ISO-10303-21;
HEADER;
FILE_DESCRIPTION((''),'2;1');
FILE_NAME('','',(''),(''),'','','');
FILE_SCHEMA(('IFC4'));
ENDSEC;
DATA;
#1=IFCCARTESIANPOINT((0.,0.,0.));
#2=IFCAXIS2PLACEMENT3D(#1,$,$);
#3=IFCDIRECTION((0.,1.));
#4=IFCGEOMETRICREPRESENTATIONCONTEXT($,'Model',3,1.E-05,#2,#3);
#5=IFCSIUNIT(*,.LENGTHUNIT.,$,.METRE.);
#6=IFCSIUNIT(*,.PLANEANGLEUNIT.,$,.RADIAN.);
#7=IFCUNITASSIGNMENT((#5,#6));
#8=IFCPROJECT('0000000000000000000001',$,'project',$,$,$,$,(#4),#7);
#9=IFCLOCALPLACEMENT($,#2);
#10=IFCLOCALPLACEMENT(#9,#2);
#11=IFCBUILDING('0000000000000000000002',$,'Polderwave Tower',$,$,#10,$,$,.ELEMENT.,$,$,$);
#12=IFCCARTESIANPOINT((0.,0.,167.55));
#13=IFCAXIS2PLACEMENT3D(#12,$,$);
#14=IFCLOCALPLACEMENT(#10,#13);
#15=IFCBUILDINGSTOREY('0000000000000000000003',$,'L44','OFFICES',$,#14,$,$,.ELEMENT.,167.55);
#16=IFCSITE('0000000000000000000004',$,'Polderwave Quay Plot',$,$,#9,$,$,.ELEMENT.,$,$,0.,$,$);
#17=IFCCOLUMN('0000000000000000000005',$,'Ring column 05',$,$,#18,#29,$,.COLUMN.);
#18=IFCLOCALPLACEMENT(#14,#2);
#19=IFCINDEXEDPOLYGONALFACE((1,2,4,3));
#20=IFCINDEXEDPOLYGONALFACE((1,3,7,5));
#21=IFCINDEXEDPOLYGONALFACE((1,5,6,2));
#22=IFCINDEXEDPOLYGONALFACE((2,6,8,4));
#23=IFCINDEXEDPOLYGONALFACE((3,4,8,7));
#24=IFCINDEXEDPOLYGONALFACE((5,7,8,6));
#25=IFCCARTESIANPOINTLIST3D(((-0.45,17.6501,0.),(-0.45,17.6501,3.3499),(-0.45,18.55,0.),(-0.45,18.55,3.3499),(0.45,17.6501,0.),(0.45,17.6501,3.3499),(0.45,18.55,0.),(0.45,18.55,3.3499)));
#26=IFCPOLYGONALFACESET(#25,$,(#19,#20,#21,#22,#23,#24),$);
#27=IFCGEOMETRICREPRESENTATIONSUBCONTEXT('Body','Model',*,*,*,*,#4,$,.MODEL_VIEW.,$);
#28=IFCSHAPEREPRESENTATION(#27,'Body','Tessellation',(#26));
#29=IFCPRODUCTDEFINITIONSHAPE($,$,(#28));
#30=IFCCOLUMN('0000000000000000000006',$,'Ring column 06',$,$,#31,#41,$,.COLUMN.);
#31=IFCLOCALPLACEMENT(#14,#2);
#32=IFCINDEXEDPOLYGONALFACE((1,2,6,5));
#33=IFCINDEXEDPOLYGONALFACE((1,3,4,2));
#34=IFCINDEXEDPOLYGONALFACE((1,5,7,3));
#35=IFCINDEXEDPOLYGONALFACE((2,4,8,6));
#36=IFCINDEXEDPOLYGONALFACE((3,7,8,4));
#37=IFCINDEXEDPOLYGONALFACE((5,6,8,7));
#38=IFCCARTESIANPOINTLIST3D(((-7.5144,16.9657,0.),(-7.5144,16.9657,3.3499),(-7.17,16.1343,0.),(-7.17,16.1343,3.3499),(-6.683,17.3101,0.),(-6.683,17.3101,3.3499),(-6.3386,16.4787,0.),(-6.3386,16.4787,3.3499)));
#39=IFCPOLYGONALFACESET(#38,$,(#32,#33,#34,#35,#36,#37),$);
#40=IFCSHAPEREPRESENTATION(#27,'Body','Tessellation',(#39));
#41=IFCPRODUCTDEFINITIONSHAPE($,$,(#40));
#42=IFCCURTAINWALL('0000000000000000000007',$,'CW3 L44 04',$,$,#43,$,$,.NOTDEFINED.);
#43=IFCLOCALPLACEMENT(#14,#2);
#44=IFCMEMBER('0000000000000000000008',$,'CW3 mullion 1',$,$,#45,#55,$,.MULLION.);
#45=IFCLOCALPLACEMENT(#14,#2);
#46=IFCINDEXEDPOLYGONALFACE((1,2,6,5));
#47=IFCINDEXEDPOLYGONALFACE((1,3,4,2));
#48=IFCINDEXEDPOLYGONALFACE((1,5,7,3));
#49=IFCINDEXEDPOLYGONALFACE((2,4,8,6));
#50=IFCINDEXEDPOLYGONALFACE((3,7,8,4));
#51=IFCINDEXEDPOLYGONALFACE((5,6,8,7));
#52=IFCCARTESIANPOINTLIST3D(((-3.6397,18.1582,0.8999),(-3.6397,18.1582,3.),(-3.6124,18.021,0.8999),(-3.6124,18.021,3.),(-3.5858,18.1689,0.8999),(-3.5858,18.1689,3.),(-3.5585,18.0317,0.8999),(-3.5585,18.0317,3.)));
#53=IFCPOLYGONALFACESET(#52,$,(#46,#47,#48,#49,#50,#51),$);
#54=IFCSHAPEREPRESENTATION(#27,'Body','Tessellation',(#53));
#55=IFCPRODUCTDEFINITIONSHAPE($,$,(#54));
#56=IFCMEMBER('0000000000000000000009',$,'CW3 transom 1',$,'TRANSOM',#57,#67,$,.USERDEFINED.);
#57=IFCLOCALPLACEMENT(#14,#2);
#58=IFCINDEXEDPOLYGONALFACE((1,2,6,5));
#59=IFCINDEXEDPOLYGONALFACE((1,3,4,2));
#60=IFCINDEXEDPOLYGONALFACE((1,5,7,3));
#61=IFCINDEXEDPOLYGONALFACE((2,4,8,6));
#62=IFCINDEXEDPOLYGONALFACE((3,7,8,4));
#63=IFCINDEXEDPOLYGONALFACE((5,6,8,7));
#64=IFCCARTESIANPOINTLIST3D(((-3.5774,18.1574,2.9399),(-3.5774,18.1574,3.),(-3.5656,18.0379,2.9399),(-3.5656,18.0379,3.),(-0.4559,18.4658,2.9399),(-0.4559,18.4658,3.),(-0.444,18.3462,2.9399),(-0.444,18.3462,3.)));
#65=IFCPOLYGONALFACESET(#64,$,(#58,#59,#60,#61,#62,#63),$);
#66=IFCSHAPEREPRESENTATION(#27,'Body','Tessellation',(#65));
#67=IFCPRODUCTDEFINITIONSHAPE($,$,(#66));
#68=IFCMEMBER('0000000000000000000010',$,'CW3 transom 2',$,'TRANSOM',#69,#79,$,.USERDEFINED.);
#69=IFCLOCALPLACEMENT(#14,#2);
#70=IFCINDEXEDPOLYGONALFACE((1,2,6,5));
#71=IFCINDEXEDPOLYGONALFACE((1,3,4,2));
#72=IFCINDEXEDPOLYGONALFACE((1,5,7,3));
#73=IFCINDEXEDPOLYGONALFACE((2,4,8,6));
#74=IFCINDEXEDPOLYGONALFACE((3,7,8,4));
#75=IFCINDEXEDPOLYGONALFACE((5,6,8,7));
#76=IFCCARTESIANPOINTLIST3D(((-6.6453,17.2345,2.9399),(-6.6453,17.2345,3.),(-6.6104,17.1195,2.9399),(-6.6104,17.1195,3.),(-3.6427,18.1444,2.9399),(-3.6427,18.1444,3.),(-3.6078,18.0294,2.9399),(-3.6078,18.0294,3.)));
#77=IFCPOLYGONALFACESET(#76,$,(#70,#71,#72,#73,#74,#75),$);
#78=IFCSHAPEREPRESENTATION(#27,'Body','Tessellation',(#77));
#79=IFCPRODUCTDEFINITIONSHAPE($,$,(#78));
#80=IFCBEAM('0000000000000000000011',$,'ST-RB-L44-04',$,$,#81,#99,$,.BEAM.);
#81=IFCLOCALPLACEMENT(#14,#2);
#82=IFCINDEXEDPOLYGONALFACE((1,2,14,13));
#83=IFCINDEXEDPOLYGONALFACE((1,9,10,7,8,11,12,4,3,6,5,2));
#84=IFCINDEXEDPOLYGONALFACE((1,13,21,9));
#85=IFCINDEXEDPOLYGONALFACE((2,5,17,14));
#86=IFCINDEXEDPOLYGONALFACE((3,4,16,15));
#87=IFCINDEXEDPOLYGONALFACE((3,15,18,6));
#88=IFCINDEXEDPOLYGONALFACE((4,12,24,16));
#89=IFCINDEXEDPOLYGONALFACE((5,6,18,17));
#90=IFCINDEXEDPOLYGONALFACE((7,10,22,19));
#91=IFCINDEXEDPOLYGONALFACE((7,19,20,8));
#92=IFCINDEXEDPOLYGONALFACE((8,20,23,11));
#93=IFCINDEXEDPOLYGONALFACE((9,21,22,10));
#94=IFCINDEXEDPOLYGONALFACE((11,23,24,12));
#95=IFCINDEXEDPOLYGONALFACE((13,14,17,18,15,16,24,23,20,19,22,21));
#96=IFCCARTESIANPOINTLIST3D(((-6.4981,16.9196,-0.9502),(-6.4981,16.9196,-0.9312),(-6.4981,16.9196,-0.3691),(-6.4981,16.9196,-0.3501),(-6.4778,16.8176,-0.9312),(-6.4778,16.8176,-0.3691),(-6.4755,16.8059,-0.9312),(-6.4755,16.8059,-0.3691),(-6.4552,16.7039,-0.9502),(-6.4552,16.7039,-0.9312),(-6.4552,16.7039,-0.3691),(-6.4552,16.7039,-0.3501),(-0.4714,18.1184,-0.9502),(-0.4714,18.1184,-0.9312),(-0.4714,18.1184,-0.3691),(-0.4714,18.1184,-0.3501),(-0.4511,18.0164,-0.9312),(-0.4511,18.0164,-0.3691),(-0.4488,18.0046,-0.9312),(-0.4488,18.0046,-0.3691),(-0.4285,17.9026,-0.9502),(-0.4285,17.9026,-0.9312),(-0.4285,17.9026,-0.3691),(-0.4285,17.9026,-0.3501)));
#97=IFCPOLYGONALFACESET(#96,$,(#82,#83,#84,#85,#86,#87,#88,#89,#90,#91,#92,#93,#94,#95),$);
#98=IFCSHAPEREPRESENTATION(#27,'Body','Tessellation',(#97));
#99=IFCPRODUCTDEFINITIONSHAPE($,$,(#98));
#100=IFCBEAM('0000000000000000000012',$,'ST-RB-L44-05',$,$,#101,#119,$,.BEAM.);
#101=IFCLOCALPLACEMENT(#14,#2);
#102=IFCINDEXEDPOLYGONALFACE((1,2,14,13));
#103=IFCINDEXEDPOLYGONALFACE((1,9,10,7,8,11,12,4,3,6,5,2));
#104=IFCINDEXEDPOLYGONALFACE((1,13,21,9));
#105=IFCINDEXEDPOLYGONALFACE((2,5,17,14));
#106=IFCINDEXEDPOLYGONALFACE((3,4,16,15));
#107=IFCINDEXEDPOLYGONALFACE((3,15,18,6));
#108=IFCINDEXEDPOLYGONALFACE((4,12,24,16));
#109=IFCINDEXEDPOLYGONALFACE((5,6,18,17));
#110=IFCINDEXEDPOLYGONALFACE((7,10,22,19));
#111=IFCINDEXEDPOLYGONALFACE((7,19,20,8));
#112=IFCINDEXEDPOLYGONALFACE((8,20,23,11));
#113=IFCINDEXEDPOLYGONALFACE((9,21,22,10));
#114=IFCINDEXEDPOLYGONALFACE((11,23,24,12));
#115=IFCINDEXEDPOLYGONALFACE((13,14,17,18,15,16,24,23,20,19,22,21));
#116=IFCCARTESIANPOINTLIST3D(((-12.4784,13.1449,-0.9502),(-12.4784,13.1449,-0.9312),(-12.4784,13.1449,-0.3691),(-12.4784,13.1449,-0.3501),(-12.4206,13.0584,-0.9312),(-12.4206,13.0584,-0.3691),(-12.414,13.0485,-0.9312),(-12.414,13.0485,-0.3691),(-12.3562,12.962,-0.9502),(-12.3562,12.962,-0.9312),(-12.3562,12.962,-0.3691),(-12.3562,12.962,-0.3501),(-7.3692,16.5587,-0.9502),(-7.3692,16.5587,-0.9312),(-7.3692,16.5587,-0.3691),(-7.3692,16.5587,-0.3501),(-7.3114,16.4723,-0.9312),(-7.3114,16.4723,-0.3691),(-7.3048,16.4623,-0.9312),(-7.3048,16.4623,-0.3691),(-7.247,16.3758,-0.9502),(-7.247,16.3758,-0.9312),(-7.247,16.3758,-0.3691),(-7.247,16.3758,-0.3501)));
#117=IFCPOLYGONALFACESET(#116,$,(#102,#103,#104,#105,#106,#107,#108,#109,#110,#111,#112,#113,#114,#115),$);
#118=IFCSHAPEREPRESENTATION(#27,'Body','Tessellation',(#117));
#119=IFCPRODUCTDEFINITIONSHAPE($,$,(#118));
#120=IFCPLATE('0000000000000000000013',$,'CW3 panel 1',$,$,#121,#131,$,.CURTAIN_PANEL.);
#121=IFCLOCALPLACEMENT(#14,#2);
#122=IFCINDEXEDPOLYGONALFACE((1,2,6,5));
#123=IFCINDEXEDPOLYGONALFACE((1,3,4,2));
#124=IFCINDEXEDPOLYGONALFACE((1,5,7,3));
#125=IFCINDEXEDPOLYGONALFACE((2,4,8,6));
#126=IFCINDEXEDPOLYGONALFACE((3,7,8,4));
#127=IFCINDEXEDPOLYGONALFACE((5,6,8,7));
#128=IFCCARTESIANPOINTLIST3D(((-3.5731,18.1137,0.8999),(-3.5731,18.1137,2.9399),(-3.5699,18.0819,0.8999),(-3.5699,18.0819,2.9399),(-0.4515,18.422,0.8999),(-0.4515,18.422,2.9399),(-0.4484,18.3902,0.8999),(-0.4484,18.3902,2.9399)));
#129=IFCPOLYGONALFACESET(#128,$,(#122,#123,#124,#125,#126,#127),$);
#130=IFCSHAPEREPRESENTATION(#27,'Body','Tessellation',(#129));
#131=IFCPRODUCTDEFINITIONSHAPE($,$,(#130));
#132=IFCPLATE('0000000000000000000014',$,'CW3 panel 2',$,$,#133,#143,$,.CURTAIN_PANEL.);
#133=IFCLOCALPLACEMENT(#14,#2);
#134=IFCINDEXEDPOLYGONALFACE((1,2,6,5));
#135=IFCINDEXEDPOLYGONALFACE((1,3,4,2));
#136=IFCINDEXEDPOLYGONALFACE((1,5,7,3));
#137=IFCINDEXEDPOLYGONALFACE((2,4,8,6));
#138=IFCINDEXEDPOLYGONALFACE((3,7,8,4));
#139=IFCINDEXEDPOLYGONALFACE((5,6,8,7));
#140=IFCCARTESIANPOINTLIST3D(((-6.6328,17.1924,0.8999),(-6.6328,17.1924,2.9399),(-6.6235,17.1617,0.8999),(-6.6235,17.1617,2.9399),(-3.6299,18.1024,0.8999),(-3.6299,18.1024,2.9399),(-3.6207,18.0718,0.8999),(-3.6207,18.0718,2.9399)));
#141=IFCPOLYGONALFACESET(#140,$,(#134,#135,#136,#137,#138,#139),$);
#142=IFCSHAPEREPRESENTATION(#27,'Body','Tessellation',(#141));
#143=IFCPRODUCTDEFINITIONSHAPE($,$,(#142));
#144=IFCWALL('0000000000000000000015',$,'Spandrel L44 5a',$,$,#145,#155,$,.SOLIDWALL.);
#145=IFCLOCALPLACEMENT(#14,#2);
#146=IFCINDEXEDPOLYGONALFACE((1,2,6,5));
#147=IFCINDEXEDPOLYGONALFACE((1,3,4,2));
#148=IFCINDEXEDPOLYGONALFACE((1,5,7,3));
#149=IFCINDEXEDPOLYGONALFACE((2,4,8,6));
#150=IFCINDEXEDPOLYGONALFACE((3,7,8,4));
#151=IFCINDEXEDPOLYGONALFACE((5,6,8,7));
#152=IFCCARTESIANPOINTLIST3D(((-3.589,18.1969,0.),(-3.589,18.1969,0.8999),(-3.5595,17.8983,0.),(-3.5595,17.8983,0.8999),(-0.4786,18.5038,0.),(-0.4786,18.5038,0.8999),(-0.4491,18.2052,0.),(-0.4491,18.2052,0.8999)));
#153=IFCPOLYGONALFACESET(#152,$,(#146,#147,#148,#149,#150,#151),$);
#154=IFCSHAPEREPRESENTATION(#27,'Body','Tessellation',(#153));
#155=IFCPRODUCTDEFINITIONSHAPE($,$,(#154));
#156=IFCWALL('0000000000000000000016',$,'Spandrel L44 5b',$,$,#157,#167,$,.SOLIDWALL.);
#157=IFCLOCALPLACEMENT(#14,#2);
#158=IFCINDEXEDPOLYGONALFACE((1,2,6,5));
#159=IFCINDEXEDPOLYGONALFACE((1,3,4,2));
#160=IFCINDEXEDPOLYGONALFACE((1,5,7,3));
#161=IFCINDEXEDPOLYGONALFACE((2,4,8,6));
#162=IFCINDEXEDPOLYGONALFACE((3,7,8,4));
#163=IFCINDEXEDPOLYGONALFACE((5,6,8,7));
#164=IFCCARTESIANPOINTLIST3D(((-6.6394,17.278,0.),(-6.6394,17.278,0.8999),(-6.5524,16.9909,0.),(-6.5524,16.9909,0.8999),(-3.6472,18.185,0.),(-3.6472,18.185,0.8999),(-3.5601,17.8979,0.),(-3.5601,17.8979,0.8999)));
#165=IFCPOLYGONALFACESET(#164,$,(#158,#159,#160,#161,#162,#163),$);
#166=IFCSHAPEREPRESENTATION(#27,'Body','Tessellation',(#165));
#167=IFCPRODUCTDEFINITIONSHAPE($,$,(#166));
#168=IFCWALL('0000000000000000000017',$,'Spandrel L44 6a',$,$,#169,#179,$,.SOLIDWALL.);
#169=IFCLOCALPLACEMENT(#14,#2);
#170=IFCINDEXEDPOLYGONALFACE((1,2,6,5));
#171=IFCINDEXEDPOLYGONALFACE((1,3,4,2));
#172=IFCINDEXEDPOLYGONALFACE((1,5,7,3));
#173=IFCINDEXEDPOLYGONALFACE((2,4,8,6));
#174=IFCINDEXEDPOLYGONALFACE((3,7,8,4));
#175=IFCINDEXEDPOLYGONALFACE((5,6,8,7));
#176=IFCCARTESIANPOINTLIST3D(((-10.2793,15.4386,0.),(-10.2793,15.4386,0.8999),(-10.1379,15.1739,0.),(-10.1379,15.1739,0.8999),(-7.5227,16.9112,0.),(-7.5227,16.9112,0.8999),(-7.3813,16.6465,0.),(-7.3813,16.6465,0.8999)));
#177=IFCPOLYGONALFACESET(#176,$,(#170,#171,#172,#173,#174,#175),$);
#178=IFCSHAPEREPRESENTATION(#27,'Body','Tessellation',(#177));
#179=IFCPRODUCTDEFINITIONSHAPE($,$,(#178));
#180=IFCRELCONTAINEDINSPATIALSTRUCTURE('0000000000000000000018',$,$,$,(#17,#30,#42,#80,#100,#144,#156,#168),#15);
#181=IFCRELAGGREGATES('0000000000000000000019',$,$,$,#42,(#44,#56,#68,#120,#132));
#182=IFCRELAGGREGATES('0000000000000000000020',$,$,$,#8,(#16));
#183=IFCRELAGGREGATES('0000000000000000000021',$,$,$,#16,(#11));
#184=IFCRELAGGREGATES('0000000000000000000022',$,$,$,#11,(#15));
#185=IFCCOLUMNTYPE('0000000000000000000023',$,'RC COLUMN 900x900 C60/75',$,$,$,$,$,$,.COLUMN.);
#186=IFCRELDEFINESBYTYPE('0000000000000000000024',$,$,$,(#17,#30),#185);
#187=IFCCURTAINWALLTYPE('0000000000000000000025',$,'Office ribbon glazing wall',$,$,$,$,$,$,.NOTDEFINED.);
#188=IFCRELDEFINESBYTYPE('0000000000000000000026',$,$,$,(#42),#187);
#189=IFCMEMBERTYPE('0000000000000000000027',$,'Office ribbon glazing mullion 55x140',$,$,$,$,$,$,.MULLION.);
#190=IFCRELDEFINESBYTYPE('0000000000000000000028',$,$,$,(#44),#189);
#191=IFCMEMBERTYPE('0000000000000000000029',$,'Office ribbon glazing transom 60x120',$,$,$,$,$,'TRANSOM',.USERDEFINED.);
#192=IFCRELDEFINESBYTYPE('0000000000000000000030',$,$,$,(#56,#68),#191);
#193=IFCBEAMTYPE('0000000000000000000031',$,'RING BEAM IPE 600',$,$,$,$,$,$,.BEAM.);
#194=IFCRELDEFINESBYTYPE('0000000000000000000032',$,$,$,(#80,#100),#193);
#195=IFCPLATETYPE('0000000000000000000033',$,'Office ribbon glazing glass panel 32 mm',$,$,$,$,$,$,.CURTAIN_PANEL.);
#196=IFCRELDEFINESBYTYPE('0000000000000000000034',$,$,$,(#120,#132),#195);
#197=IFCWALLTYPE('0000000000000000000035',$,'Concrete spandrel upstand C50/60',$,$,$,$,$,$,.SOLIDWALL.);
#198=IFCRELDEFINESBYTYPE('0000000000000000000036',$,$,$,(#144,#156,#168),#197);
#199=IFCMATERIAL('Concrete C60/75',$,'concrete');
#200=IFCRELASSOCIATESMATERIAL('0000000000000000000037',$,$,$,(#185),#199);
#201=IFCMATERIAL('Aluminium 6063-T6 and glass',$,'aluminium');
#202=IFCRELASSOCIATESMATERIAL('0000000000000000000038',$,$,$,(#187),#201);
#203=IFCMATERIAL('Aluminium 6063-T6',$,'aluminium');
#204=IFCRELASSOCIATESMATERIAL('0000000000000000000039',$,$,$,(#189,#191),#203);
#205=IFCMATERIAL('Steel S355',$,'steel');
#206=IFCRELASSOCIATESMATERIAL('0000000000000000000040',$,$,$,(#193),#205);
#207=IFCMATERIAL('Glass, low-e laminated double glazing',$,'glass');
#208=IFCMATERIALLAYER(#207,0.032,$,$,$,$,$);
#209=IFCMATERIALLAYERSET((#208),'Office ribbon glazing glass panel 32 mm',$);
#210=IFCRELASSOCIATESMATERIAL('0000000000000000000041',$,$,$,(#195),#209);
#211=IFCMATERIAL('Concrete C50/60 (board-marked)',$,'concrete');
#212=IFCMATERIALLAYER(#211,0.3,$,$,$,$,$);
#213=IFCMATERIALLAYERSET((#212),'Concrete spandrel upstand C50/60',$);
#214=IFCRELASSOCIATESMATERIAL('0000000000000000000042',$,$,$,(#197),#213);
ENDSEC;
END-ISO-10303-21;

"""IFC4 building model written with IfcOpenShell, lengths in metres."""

from ifc_helpers import new_model, si_unit, direction, frame, frame_2d, origin, origin_2d, place, context, subcontext, project, spatial, rectangle, i_section, extrude, material, layer, layer_set, material_profile, profile_set, type_object, element, aggregate, save


model = new_model("IFC4")

# Units and contexts
model_context = context("Model", 3, precision=1e-05, world=origin(), true_north=direction((0.0, 1.0)))
body_context = subcontext(model_context, "Body", "Model", "MODEL_VIEW")
ifc_project = project(units=[si_unit("LENGTHUNIT", "METRE"), si_unit("PLANEANGLEUNIT", "RADIAN")], contexts=[model_context])

# Site, building, storey
site_placement = place(None, origin())
site = spatial("IfcSite", under=ifc_project, at=site_placement, Name="Polderwave Quay Plot", CompositionType="ELEMENT", RefElevation=0.0)
building_placement = place(site_placement, origin())
building = spatial("IfcBuilding", under=site, at=building_placement, Name="Polderwave Tower", CompositionType="ELEMENT")
storey_placement = place(building_placement, frame((0.0, 0.0, 167.55)))
storey = spatial("IfcBuildingStorey", under=building, at=storey_placement, Name="L44", Description="OFFICES", CompositionType="ELEMENT", Elevation=167.55)

# Columns
ifc_material_1 = material(Name="Concrete C60/75", Category="concrete")
ifc_material_profile_1 = material_profile(ifc_material_1, rectangle(XDim=0.8999, YDim=0.8999, at=origin_2d()), Name="RC 900x900")
ifc_profile_set_1 = profile_set([ifc_material_profile_1], Name="Concrete C60/75")
column_type = type_object("IfcColumnType", Name="RC COLUMN 900x900 C60/75", PredefinedType="COLUMN", material=ifc_profile_set_1)
for number, where, z_axis, x_axis, name in (
    (1, (0.0, 18.1001, 0.0), (0.0, 0.0, 1.0), (0.0, 1.0, 0.0), "Ring column 05"),
    (2, (-6.9265, 16.7222, 0.0), (0.0, 0.0, 1.0), (-0.382683, 0.92388, 0.0), "Ring column 06"),
):
    element("IfcColumn", number, at=place(storey_placement, frame(where, z_axis=z_axis, x_axis=x_axis)), inside=storey, type_object=column_type, Name=name, PredefinedType="COLUMN", context=body_context, shape_type="SweptSolid", body=[
        extrude(rectangle(XDim=0.8999, YDim=0.8999, at=origin_2d()), origin(), (0.0, 0.0, 1.0), 3.3499),
    ])

# Curtain wall, members
ifc_material_2 = material(Name="Aluminium 6063-T6 and glass", Category="aluminium")
curtain_wall_type = type_object("IfcCurtainWallType", Name="Office ribbon glazing wall", PredefinedType="NOTDEFINED", material=ifc_material_2)
curtain_wall_placement = place(storey_placement, origin())
curtain_wall = element("IfcCurtainWall", 3, at=curtain_wall_placement, inside=storey, type_object=curtain_wall_type, Name="CW3 L44 04", PredefinedType="NOTDEFINED")
ifc_material_3 = material(Name="Aluminium 6063-T6", Category="aluminium")
ifc_material_profile_2 = material_profile(ifc_material_3, rectangle(XDim=0.1399, YDim=0.0549, at=origin_2d()), Name="AL 55x140")
ifc_profile_set_2 = profile_set([ifc_material_profile_2], Name="Aluminium 6063-T6")
member_type_1 = type_object("IfcMemberType", Name="Office ribbon glazing mullion 55x140", PredefinedType="MULLION", material=ifc_profile_set_2)
member_1_placement = place(storey_placement, frame((-3.5991, 18.095, 0.8999), z_axis=(0.0, 0.0, 1.0), x_axis=(0.195097, -0.980784, 0.0)))
member_1 = element("IfcMember", 4, at=member_1_placement, type_object=member_type_1, Name="CW3 mullion 1", PredefinedType="MULLION", context=body_context, shape_type="SweptSolid", body=[
    extrude(rectangle(XDim=0.1399, YDim=0.0549, at=origin_2d()), origin(), (0.0, 0.0, 1.0), 2.1001),
])
ifc_material_profile_3 = material_profile(ifc_material_3, rectangle(XDim=0.1201, YDim=0.0601, at=origin_2d()), Name="AL 60x120")
ifc_profile_set_3 = profile_set([ifc_material_profile_3], Name="Aluminium 6063-T6")
member_type_2 = type_object("IfcMemberType", Name="Office ribbon glazing transom 60x120", ElementType="TRANSOM", PredefinedType="USERDEFINED", material=ifc_profile_set_3)
member_2_placement = place(storey_placement, frame((-0.45, 18.406, 2.97), z_axis=(-0.995157, -0.098301, 0.0), x_axis=(0.098301, -0.995157, 0.0)))
member_2 = element("IfcMember", 5, at=member_2_placement, type_object=member_type_2, Name="CW3 transom 1", ObjectType="TRANSOM", PredefinedType="USERDEFINED", context=body_context, shape_type="SweptSolid", body=[
    extrude(rectangle(XDim=0.1201, YDim=0.0601, at=origin_2d()), origin(), (0.0, 0.0, 1.0), 3.1367),
])
member_3_placement = place(storey_placement, frame((-3.6252, 18.0869, 2.97), z_axis=(-0.957024, -0.29001, 0.0), x_axis=(0.29001, -0.957024, 0.0)))
member_3 = element("IfcMember", 6, at=member_3_placement, type_object=member_type_2, Name="CW3 transom 2", ObjectType="TRANSOM", PredefinedType="USERDEFINED", context=body_context, shape_type="SweptSolid", body=[
    extrude(rectangle(XDim=0.1201, YDim=0.0601, at=origin_2d()), origin(), (0.0, 0.0, 1.0), 3.1375),
])

# Beams
ifc_material_4 = material(Name="Steel S355", Category="steel")
ifc_material_profile_4 = material_profile(ifc_material_4, i_section(OverallWidth=0.22, OverallDepth=0.6001, WebThickness=0.012, FlangeThickness=0.019, at=origin_2d()), Name="IPE 600")
ifc_profile_set_4 = profile_set([ifc_material_profile_4], Name="Steel S355")
beam_type = type_object("IfcBeamType", Name="RING BEAM IPE 600", PredefinedType="BEAM", material=ifc_profile_set_4)
for number, where, z_axis, x_axis, name in (
    (7, (-0.45, 18.0105, -0.6501), (-0.980786, -0.195085, 0.0), (0.195085, -0.980786, 0.0), "ST-RB-L44-04"),
    (8, (-7.3081, 16.4673, -0.6501), (-0.831469, -0.555571, 0.0), (0.555571, -0.831469, 0.0), "ST-RB-L44-05"),
):
    element("IfcBeam", number, at=place(storey_placement, frame(where, z_axis=z_axis, x_axis=x_axis)), inside=storey, type_object=beam_type, Name=name, PredefinedType="BEAM", context=body_context, shape_type="SweptSolid", body=[
        extrude(i_section(OverallWidth=0.22, OverallDepth=0.6001, WebThickness=0.012, FlangeThickness=0.019, at=origin_2d()), origin(), (0.0, 0.0, 1.0), 6.1448),
    ])

# Plates
ifc_material_5 = material(Name="Glass, low-e laminated double glazing", Category="glass")
ifc_layer_1 = layer(ifc_material_5, 0.032)
ifc_layer_set_1 = layer_set([ifc_layer_1], Name="Office ribbon glazing glass panel 32 mm")
plate_type = type_object("IfcPlateType", Name="Office ribbon glazing glass panel 32 mm", PredefinedType="CURTAIN_PANEL", material=ifc_layer_set_1)
plate_1_placement = place(storey_placement, frame((-2.0107, 18.252, 0.8999), z_axis=(0.0, 0.0, 1.0), x_axis=(-0.995159, -0.098283, 0.0)))
plate_1 = element("IfcPlate", 9, at=plate_1_placement, type_object=plate_type, Name="CW3 panel 1", PredefinedType="CURTAIN_PANEL", context=body_context, shape_type="SweptSolid", body=[
    extrude(rectangle(XDim=3.1367, YDim=0.032, at=origin_2d()), origin(), (0.0, 0.0, 1.0), 2.04),
])
plate_2_placement = place(storey_placement, frame((-5.1267, 17.6321, 0.8999), z_axis=(0.0, 0.0, 1.0), x_axis=(-0.957014, -0.290042, 0.0)))
plate_2 = element("IfcPlate", 10, at=plate_2_placement, type_object=plate_type, Name="CW3 panel 2", PredefinedType="CURTAIN_PANEL", context=body_context, shape_type="SweptSolid", body=[
    extrude(rectangle(XDim=3.1377, YDim=0.032, at=origin_2d()), origin(), (0.0, 0.0, 1.0), 2.04),
])
aggregate(curtain_wall, [member_1, member_2, member_3, plate_1, plate_2])

# Walls
ifc_material_6 = material(Name="Concrete C50/60 (board-marked)", Category="concrete")
ifc_layer_2 = layer(ifc_material_6, 0.3)
ifc_layer_set_2 = layer_set([ifc_layer_2], Name="Concrete spandrel upstand C50/60")
wall_type_1 = type_object("IfcWallType", Name="Concrete spandrel upstand C50/60", PredefinedType="SOLIDWALL", material=ifc_layer_set_2)
wall_1_placement = place(storey_placement, frame((-0.4639, 18.3545, 0.0), z_axis=(0.0, 0.0, 1.0), x_axis=(-0.995168, -0.098189, 0.0)))
element("IfcWall", 11, at=wall_1_placement, inside=storey, type_object=wall_type_1, Name="Spandrel L44 5a", PredefinedType="SOLIDWALL", context=body_context, shape_type="SweptSolid", body=[
    extrude(rectangle(XDim=3.1255, YDim=0.3, at=frame_2d((1.5627, 0.0))), origin(), (0.0, 0.0, 1.0), 0.8999),
])
wall_2_placement = place(storey_placement, frame((-3.6035, 18.0415, 0.0), z_axis=(0.0, 0.0, 1.0), x_axis=(-0.957001, -0.290083, 0.0)))
element("IfcWall", 12, at=wall_2_placement, inside=storey, type_object=wall_type_1, Name="Spandrel L44 5b", PredefinedType="SOLIDWALL", context=body_context, shape_type="SweptSolid", body=[
    extrude(rectangle(XDim=3.1267, YDim=0.3, at=frame_2d((1.5635, 0.0))), origin(), (0.0, 0.0, 1.0), 0.8999),
])
wall_3_placement = place(storey_placement, frame((-7.4521, 16.7788, 0.0), z_axis=(0.0, 0.0, 1.0), x_axis=(-0.882024, -0.471204, 0.0)))
element("IfcWall", 13, at=wall_3_placement, inside=storey, type_object=wall_type_1, Name="Spandrel L44 6a", PredefinedType="SOLIDWALL", context=body_context, shape_type="SweptSolid", body=[
    extrude(rectangle(XDim=3.1252, YDim=0.3, at=frame_2d((1.5625, 0.0))), origin(), (0.0, 0.0, 1.0), 0.8999),
])

save(model, "model.ifc")
